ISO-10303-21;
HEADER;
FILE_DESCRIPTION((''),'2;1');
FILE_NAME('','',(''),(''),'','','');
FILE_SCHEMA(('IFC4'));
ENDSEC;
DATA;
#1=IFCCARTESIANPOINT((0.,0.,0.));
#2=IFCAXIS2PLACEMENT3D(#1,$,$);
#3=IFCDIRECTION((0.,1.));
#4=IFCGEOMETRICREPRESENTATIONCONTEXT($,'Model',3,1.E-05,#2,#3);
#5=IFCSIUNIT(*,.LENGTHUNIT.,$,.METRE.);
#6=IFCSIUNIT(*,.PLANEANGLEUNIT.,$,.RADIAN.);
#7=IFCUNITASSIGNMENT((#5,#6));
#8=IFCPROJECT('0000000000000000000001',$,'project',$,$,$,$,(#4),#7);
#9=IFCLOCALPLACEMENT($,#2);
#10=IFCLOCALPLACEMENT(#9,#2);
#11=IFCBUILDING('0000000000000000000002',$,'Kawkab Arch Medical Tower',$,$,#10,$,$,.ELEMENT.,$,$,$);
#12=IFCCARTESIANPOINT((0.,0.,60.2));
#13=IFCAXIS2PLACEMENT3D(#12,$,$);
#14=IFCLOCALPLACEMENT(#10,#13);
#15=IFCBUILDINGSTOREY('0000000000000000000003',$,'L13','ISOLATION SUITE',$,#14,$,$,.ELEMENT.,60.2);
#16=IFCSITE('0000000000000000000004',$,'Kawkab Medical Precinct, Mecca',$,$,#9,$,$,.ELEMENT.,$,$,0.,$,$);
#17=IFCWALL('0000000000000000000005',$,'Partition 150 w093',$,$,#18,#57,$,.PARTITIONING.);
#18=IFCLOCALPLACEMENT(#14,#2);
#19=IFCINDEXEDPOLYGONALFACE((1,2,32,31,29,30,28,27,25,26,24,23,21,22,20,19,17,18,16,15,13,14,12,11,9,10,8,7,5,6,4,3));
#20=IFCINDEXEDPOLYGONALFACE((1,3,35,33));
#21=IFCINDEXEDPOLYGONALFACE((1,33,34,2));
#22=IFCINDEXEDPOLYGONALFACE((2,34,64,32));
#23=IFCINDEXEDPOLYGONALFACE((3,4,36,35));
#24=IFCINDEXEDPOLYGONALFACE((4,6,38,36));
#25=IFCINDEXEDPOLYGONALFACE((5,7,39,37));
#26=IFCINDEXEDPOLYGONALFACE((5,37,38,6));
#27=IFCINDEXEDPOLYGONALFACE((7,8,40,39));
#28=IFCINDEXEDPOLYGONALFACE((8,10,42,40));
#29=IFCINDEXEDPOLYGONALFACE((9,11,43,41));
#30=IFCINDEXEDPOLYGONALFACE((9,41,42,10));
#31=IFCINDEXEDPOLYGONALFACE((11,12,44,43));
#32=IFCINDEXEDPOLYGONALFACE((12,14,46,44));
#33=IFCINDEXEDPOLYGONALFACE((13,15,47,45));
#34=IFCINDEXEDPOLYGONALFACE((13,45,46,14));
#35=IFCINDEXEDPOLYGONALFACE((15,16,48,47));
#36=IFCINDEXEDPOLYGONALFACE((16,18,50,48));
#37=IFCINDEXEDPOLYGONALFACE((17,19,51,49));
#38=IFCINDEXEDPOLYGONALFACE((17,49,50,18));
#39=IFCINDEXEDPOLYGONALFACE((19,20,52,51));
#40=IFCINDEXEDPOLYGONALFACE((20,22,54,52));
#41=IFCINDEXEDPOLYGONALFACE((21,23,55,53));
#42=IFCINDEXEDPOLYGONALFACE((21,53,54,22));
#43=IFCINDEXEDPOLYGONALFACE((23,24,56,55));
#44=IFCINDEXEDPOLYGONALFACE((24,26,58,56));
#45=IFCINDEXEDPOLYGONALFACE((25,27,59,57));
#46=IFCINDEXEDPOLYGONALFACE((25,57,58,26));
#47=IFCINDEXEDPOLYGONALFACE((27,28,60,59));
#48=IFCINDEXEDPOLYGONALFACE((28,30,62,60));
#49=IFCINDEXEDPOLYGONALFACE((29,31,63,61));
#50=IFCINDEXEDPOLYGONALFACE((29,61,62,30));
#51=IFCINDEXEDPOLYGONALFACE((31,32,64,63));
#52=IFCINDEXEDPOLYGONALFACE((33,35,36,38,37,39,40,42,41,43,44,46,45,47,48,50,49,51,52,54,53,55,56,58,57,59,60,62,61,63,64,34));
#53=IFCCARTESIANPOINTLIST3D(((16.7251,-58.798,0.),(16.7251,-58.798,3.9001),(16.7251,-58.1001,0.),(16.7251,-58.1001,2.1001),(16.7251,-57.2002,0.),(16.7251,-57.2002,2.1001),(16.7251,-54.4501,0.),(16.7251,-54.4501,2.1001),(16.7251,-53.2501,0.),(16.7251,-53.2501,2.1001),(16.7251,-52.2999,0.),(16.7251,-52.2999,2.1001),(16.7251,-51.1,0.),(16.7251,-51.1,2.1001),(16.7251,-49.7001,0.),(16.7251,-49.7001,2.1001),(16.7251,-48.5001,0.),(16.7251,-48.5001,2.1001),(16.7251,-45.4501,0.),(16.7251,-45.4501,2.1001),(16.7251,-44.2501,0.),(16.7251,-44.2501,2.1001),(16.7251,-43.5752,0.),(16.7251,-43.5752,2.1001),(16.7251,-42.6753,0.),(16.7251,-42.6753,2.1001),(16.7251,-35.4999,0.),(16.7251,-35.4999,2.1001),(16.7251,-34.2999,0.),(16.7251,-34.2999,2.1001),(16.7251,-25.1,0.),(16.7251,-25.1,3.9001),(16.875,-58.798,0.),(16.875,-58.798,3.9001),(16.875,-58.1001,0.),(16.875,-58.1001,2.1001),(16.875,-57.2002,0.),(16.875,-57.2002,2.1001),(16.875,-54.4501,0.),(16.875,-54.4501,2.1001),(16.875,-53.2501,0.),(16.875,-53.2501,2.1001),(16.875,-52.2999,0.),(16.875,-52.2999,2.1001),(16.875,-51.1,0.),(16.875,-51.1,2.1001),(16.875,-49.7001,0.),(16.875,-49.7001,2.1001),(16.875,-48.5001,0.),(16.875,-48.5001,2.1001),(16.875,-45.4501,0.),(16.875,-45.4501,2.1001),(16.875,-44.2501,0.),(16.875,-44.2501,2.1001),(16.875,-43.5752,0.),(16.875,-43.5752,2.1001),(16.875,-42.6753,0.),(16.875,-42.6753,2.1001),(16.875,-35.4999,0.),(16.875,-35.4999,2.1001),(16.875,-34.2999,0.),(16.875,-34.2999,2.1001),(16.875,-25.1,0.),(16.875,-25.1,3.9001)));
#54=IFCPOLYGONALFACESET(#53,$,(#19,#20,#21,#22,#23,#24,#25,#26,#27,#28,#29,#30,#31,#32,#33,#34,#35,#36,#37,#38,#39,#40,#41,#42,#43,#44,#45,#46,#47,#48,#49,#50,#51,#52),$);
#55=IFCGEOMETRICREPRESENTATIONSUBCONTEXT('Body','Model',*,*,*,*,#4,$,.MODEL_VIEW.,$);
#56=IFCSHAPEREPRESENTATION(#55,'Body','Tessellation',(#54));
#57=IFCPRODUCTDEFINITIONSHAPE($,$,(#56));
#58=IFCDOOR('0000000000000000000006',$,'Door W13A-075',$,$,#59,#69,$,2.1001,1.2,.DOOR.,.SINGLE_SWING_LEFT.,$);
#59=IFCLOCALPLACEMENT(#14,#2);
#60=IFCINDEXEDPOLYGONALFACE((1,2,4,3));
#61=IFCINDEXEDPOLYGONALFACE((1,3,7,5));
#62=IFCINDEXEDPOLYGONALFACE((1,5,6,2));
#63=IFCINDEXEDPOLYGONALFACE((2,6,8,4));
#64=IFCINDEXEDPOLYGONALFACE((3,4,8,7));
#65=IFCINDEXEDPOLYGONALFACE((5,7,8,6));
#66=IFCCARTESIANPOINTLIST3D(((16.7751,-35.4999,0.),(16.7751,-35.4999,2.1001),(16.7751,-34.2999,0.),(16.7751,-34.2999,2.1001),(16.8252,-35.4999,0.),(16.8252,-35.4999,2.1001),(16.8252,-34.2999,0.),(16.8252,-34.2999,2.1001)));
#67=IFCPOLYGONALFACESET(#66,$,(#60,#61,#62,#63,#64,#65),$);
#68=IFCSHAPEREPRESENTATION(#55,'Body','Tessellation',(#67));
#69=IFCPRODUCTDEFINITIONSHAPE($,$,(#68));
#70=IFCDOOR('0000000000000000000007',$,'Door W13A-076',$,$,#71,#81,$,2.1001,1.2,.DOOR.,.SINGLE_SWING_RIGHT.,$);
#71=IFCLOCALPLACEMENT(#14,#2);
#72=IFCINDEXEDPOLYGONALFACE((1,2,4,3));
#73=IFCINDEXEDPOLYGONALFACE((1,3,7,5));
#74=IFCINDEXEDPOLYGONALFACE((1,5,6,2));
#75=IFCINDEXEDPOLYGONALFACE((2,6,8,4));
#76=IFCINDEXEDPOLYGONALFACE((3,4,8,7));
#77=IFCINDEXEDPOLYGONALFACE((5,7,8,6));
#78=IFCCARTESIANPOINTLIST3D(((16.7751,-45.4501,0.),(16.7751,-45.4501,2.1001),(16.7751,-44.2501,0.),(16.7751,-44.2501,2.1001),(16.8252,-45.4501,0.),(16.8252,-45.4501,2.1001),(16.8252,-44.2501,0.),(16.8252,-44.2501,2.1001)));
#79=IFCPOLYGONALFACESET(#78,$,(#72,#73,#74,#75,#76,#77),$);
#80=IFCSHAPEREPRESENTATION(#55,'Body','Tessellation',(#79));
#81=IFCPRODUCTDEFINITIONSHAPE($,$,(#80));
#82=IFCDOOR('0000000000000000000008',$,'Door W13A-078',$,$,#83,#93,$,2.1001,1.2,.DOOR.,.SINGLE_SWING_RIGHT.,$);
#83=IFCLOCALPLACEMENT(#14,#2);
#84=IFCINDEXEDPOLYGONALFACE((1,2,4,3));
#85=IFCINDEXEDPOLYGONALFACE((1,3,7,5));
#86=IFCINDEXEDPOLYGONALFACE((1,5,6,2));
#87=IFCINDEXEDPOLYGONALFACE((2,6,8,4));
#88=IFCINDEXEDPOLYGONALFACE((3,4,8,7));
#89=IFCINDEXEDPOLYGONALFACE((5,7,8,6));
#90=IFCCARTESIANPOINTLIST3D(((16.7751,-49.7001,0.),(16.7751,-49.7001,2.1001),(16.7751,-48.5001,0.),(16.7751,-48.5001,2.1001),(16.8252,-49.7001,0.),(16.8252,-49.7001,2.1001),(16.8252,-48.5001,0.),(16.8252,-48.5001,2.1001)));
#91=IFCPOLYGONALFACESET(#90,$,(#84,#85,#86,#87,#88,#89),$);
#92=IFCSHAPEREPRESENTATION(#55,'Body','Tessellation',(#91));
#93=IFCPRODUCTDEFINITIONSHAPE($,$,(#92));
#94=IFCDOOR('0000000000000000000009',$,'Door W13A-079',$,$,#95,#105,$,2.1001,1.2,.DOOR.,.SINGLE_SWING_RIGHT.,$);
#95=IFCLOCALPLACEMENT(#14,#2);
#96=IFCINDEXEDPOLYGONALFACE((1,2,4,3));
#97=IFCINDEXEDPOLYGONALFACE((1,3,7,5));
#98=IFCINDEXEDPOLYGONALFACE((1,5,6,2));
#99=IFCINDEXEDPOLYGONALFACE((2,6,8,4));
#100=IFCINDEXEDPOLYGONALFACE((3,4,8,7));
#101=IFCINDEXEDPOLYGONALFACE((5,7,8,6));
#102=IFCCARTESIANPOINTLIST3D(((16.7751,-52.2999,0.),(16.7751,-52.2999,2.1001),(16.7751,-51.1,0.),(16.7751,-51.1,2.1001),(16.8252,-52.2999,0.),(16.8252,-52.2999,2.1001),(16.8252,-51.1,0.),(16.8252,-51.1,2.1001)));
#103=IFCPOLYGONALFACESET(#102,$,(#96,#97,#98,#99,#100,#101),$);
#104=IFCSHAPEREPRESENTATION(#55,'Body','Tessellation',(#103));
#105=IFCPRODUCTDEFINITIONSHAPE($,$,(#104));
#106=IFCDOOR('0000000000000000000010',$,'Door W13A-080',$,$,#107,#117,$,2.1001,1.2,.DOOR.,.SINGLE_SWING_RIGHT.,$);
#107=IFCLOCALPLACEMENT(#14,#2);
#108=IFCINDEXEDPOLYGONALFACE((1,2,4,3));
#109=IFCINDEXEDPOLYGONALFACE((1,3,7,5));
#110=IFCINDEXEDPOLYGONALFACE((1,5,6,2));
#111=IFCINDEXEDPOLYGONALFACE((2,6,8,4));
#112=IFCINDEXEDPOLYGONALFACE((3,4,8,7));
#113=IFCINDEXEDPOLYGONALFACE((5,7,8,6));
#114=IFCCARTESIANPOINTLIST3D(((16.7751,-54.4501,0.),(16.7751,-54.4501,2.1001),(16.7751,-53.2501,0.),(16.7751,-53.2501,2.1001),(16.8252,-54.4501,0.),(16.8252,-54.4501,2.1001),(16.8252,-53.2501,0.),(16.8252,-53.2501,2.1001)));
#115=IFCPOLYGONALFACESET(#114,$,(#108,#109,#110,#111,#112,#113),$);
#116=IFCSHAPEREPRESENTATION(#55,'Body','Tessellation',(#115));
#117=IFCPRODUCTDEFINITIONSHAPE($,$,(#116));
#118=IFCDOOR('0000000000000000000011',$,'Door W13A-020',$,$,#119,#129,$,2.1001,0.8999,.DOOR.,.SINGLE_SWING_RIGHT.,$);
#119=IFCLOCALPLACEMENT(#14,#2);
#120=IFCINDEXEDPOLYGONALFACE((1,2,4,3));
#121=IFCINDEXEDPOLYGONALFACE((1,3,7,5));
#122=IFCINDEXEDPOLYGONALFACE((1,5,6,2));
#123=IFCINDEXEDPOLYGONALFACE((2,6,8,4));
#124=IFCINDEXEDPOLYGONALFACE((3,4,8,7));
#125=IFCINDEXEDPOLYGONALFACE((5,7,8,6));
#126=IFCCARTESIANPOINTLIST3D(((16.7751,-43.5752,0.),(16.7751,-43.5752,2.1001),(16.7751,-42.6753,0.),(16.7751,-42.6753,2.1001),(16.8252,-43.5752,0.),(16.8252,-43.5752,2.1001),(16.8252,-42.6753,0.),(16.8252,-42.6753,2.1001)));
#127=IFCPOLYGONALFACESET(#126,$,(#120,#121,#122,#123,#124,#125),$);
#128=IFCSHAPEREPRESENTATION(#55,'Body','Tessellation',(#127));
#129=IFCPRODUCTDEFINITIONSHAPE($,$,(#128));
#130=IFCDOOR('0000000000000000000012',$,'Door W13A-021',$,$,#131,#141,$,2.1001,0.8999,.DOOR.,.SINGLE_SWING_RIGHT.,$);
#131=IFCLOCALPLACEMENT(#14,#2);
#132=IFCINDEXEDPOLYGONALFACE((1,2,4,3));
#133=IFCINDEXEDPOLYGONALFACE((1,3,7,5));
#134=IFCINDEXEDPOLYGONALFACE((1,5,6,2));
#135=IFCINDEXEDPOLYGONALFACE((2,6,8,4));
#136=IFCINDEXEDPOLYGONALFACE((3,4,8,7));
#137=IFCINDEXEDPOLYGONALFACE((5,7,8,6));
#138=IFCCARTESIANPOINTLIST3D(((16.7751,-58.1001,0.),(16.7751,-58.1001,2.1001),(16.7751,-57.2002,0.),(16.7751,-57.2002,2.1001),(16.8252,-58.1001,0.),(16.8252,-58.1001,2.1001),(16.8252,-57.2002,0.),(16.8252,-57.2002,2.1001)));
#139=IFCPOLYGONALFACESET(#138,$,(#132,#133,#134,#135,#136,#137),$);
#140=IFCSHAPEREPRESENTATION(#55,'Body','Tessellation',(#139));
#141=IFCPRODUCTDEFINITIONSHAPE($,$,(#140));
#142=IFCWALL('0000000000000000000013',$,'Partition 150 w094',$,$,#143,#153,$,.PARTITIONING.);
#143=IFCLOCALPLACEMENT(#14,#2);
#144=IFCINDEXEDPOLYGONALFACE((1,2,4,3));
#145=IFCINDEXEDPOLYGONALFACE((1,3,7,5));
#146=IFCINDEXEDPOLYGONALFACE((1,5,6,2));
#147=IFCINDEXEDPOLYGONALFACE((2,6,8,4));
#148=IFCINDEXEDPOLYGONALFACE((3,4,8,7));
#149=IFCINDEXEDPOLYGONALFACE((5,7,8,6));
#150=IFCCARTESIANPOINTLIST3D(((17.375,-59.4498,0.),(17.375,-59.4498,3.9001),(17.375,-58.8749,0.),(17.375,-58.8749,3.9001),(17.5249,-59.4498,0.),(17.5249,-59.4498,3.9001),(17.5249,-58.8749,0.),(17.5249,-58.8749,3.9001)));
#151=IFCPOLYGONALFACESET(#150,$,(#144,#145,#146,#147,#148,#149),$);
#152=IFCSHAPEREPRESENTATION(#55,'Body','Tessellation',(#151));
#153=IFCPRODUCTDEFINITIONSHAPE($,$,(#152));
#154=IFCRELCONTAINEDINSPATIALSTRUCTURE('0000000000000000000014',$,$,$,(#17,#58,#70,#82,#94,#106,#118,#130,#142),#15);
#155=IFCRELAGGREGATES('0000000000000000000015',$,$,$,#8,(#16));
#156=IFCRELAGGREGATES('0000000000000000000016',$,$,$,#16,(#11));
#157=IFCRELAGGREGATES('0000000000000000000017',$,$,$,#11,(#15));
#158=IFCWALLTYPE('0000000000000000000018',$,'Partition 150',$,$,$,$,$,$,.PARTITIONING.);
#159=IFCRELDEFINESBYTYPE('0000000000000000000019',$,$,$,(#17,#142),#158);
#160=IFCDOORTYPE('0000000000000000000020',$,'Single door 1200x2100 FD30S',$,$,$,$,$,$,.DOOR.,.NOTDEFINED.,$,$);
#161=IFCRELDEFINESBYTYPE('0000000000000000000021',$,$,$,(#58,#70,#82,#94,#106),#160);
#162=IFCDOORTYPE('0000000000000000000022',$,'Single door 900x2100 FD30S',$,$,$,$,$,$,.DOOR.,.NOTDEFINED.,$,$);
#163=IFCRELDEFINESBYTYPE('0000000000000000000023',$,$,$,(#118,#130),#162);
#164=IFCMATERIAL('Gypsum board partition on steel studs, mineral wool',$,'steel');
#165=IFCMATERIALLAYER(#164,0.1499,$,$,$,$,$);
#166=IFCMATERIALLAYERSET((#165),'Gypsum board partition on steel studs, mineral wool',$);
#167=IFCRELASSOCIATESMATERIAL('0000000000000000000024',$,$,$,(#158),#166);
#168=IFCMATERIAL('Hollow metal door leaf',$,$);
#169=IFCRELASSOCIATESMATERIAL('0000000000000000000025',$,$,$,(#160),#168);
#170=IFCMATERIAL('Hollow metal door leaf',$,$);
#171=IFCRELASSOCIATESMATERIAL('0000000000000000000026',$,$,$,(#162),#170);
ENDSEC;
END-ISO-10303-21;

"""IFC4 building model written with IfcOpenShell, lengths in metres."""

from ifc_helpers import new_model, si_unit, direction, frame, frame_2d, origin, place, context, subcontext, project, spatial, rectangle, extrude, material, layer, layer_set, type_object, element, fill, save


model = new_model("IFC4")

# Units and contexts
model_context = context("Model", 3, precision=1e-05, world=origin(), true_north=direction((0.0, 1.0)))
body_context = subcontext(model_context, "Body", "Model", "MODEL_VIEW")
ifc_project = project(units=[si_unit("LENGTHUNIT", "METRE"), si_unit("PLANEANGLEUNIT", "RADIAN")], contexts=[model_context])

# Site, building, storey
site_placement = place(None, origin())
site = spatial("IfcSite", under=ifc_project, at=site_placement, Name="Kawkab Medical Precinct, Mecca", CompositionType="ELEMENT", RefElevation=0.0)
building_placement = place(site_placement, origin())
building = spatial("IfcBuilding", under=site, at=building_placement, Name="Kawkab Arch Medical Tower", CompositionType="ELEMENT")
storey_placement = place(building_placement, frame((0.0, 0.0, 60.2)))
storey = spatial("IfcBuildingStorey", under=building, at=storey_placement, Name="L13", Description="ISOLATION SUITE", CompositionType="ELEMENT", Elevation=60.2)

# Shared definitions
ifc_material_1 = material(Name="Gypsum board partition on steel studs, mineral wool", Category="steel")
ifc_layer_1 = layer(ifc_material_1, 0.1499)
ifc_layer_set_1 = layer_set([ifc_layer_1], Name="Gypsum board partition on steel studs, mineral wool")
wall_type_1 = type_object("IfcWallType", Name="Partition 150", PredefinedType="PARTITIONING", material=ifc_layer_set_1)

# Wall, openings, doors
wall_1_placement = place(storey_placement, frame((16.8, -58.7981, 0.0), z_axis=(0.0, 0.0, 1.0), x_axis=(0.0, 1.0, 0.0)))
wall_1 = element("IfcWall", 1, at=wall_1_placement, inside=storey, type_object=wall_type_1, Name="Partition 150 w093", PredefinedType="PARTITIONING", context=body_context, shape_type="SweptSolid", body=[
    extrude(rectangle(XDim=33.698, YDim=0.1499, at=frame_2d((16.8491, 0.0))), origin(), (0.0, 0.0, 1.0), 3.9001),
])
opening_1_placement = place(wall_1_placement, frame((23.2981, 0.0, 0.0)))
opening_1 = element("IfcOpeningElement", 2, at=opening_1_placement, cuts=wall_1, PredefinedType="OPENING", context=body_context, shape_type="SweptSolid", body=[
    extrude(rectangle(XDim=1.2, YDim=2.1001, at=frame_2d((0.6001, 1.05))), frame((0.0, 0.085, 0.0), z_axis=(0.0, -1.0, 0.0), x_axis=(1.0, 0.0, 0.0)), (0.0, 0.0, 1.0), 0.1699),
])
opening_2_placement = place(wall_1_placement, frame((15.2229, 0.0, 0.0)))
opening_2 = element("IfcOpeningElement", 3, at=opening_2_placement, cuts=wall_1, PredefinedType="OPENING", context=body_context, shape_type="SweptSolid", body=[
    extrude(rectangle(XDim=0.8999, YDim=2.1001, at=frame_2d((0.45, 1.05))), frame((0.0, 0.085, 0.0), z_axis=(0.0, -1.0, 0.0), x_axis=(1.0, 0.0, 0.0)), (0.0, 0.0, 1.0), 0.1699),
])
opening_3_placement = place(wall_1_placement, frame((13.3479, 0.0, 0.0)))
opening_3 = element("IfcOpeningElement", 4, at=opening_3_placement, cuts=wall_1, PredefinedType="OPENING", context=body_context, shape_type="SweptSolid", body=[
    extrude(rectangle(XDim=1.2, YDim=2.1001, at=frame_2d((0.6001, 1.05))), frame((0.0, 0.085, 0.0), z_axis=(0.0, -1.0, 0.0), x_axis=(1.0, 0.0, 0.0)), (0.0, 0.0, 1.0), 0.1699),
])
opening_4_placement = place(wall_1_placement, frame((9.0979, 0.0, 0.0)))
opening_4 = element("IfcOpeningElement", 5, at=opening_4_placement, cuts=wall_1, PredefinedType="OPENING", context=body_context, shape_type="SweptSolid", body=[
    extrude(rectangle(XDim=1.2, YDim=2.1001, at=frame_2d((0.6001, 1.05))), frame((0.0, 0.085, 0.0), z_axis=(0.0, -1.0, 0.0), x_axis=(1.0, 0.0, 0.0)), (0.0, 0.0, 1.0), 0.1699),
])
opening_5_placement = place(wall_1_placement, frame((6.498, 0.0, 0.0)))
opening_5 = element("IfcOpeningElement", 6, at=opening_5_placement, cuts=wall_1, PredefinedType="OPENING", context=body_context, shape_type="SweptSolid", body=[
    extrude(rectangle(XDim=1.2, YDim=2.1001, at=frame_2d((0.6001, 1.05))), frame((0.0, 0.085, 0.0), z_axis=(0.0, -1.0, 0.0), x_axis=(1.0, 0.0, 0.0)), (0.0, 0.0, 1.0), 0.1699),
])
opening_6_placement = place(wall_1_placement, frame((4.3479, 0.0, 0.0)))
opening_6 = element("IfcOpeningElement", 7, at=opening_6_placement, cuts=wall_1, PredefinedType="OPENING", context=body_context, shape_type="SweptSolid", body=[
    extrude(rectangle(XDim=1.2, YDim=2.1001, at=frame_2d((0.6001, 1.05))), frame((0.0, 0.085, 0.0), z_axis=(0.0, -1.0, 0.0), x_axis=(1.0, 0.0, 0.0)), (0.0, 0.0, 1.0), 0.1699),
])
opening_7_placement = place(wall_1_placement, frame((0.698, 0.0, 0.0)))
opening_7 = element("IfcOpeningElement", 8, at=opening_7_placement, cuts=wall_1, PredefinedType="OPENING", context=body_context, shape_type="SweptSolid", body=[
    extrude(rectangle(XDim=0.8999, YDim=2.1001, at=frame_2d((0.45, 1.05))), frame((0.0, 0.085, 0.0), z_axis=(0.0, -1.0, 0.0), x_axis=(1.0, 0.0, 0.0)), (0.0, 0.0, 1.0), 0.1699),
])
ifc_material_2 = material(Name="Hollow metal door leaf")
door_type_1 = type_object("IfcDoorType", Name="Single door 1200x2100 FD30S", OperationType="NOTDEFINED", PredefinedType="DOOR", material=ifc_material_2)
door_1_placement = place(opening_1_placement, origin())
door_1 = element("IfcDoor", 9, at=door_1_placement, inside=storey, type_object=door_type_1, Name="Door W13A-075", OperationType="SINGLE_SWING_LEFT", OverallHeight=2.1001, OverallWidth=1.2, PredefinedType="DOOR", context=body_context, shape_type="SweptSolid", body=[
    extrude(rectangle(XDim=1.2, YDim=2.1001, at=frame_2d((0.6001, 1.05))), frame((0.0, 0.0249, 0.0), z_axis=(0.0, -1.0, 0.0), x_axis=(1.0, 0.0, 0.0)), (0.0, 0.0, 1.0), 0.05),
])
fill(opening_1, door_1)
door_2_placement = place(opening_3_placement, origin())
door_2 = element("IfcDoor", 10, at=door_2_placement, inside=storey, type_object=door_type_1, Name="Door W13A-076", OperationType="SINGLE_SWING_RIGHT", OverallHeight=2.1001, OverallWidth=1.2, PredefinedType="DOOR", context=body_context, shape_type="SweptSolid", body=[
    extrude(rectangle(XDim=1.2, YDim=2.1001, at=frame_2d((0.6001, 1.05))), frame((0.0, 0.0249, 0.0), z_axis=(0.0, -1.0, 0.0), x_axis=(1.0, 0.0, 0.0)), (0.0, 0.0, 1.0), 0.05),
])
fill(opening_3, door_2)
door_3_placement = place(opening_4_placement, origin())
door_3 = element("IfcDoor", 11, at=door_3_placement, inside=storey, type_object=door_type_1, Name="Door W13A-078", OperationType="SINGLE_SWING_RIGHT", OverallHeight=2.1001, OverallWidth=1.2, PredefinedType="DOOR", context=body_context, shape_type="SweptSolid", body=[
    extrude(rectangle(XDim=1.2, YDim=2.1001, at=frame_2d((0.6001, 1.05))), frame((0.0, 0.0249, 0.0), z_axis=(0.0, -1.0, 0.0), x_axis=(1.0, 0.0, 0.0)), (0.0, 0.0, 1.0), 0.05),
])
fill(opening_4, door_3)
door_4_placement = place(opening_5_placement, origin())
door_4 = element("IfcDoor", 12, at=door_4_placement, inside=storey, type_object=door_type_1, Name="Door W13A-079", OperationType="SINGLE_SWING_RIGHT", OverallHeight=2.1001, OverallWidth=1.2, PredefinedType="DOOR", context=body_context, shape_type="SweptSolid", body=[
    extrude(rectangle(XDim=1.2, YDim=2.1001, at=frame_2d((0.6001, 1.05))), frame((0.0, 0.0249, 0.0), z_axis=(0.0, -1.0, 0.0), x_axis=(1.0, 0.0, 0.0)), (0.0, 0.0, 1.0), 0.05),
])
fill(opening_5, door_4)
door_5_placement = place(opening_6_placement, origin())
door_5 = element("IfcDoor", 13, at=door_5_placement, inside=storey, type_object=door_type_1, Name="Door W13A-080", OperationType="SINGLE_SWING_RIGHT", OverallHeight=2.1001, OverallWidth=1.2, PredefinedType="DOOR", context=body_context, shape_type="SweptSolid", body=[
    extrude(rectangle(XDim=1.2, YDim=2.1001, at=frame_2d((0.6001, 1.05))), frame((0.0, 0.0249, 0.0), z_axis=(0.0, -1.0, 0.0), x_axis=(1.0, 0.0, 0.0)), (0.0, 0.0, 1.0), 0.05),
])
fill(opening_6, door_5)
ifc_material_3 = material(Name="Hollow metal door leaf")
door_type_2 = type_object("IfcDoorType", Name="Single door 900x2100 FD30S", OperationType="NOTDEFINED", PredefinedType="DOOR", material=ifc_material_3)
door_6_placement = place(opening_2_placement, origin())
door_6 = element("IfcDoor", 14, at=door_6_placement, inside=storey, type_object=door_type_2, Name="Door W13A-020", OperationType="SINGLE_SWING_RIGHT", OverallHeight=2.1001, OverallWidth=0.8999, PredefinedType="DOOR", context=body_context, shape_type="SweptSolid", body=[
    extrude(rectangle(XDim=0.8999, YDim=2.1001, at=frame_2d((0.45, 1.05))), frame((0.0, 0.0249, 0.0), z_axis=(0.0, -1.0, 0.0), x_axis=(1.0, 0.0, 0.0)), (0.0, 0.0, 1.0), 0.05),
])
fill(opening_2, door_6)
door_7_placement = place(opening_7_placement, origin())
door_7 = element("IfcDoor", 15, at=door_7_placement, inside=storey, type_object=door_type_2, Name="Door W13A-021", OperationType="SINGLE_SWING_RIGHT", OverallHeight=2.1001, OverallWidth=0.8999, PredefinedType="DOOR", context=body_context, shape_type="SweptSolid", body=[
    extrude(rectangle(XDim=0.8999, YDim=2.1001, at=frame_2d((0.45, 1.05))), frame((0.0, 0.0249, 0.0), z_axis=(0.0, -1.0, 0.0), x_axis=(1.0, 0.0, 0.0)), (0.0, 0.0, 1.0), 0.05),
])
fill(opening_7, door_7)

# Wall
wall_2_placement = place(storey_placement, frame((17.45, -59.45, 0.0), z_axis=(0.0, 0.0, 1.0), x_axis=(0.0, 1.0, 0.0)))
element("IfcWall", 16, at=wall_2_placement, inside=storey, type_object=wall_type_1, Name="Partition 150 w094", PredefinedType="PARTITIONING", context=body_context, shape_type="SweptSolid", body=[
    extrude(rectangle(XDim=0.575, YDim=0.1499, at=frame_2d((0.2876, 0.0))), origin(), (0.0, 0.0, 1.0), 3.9001),
])

save(model, "model.ifc")
